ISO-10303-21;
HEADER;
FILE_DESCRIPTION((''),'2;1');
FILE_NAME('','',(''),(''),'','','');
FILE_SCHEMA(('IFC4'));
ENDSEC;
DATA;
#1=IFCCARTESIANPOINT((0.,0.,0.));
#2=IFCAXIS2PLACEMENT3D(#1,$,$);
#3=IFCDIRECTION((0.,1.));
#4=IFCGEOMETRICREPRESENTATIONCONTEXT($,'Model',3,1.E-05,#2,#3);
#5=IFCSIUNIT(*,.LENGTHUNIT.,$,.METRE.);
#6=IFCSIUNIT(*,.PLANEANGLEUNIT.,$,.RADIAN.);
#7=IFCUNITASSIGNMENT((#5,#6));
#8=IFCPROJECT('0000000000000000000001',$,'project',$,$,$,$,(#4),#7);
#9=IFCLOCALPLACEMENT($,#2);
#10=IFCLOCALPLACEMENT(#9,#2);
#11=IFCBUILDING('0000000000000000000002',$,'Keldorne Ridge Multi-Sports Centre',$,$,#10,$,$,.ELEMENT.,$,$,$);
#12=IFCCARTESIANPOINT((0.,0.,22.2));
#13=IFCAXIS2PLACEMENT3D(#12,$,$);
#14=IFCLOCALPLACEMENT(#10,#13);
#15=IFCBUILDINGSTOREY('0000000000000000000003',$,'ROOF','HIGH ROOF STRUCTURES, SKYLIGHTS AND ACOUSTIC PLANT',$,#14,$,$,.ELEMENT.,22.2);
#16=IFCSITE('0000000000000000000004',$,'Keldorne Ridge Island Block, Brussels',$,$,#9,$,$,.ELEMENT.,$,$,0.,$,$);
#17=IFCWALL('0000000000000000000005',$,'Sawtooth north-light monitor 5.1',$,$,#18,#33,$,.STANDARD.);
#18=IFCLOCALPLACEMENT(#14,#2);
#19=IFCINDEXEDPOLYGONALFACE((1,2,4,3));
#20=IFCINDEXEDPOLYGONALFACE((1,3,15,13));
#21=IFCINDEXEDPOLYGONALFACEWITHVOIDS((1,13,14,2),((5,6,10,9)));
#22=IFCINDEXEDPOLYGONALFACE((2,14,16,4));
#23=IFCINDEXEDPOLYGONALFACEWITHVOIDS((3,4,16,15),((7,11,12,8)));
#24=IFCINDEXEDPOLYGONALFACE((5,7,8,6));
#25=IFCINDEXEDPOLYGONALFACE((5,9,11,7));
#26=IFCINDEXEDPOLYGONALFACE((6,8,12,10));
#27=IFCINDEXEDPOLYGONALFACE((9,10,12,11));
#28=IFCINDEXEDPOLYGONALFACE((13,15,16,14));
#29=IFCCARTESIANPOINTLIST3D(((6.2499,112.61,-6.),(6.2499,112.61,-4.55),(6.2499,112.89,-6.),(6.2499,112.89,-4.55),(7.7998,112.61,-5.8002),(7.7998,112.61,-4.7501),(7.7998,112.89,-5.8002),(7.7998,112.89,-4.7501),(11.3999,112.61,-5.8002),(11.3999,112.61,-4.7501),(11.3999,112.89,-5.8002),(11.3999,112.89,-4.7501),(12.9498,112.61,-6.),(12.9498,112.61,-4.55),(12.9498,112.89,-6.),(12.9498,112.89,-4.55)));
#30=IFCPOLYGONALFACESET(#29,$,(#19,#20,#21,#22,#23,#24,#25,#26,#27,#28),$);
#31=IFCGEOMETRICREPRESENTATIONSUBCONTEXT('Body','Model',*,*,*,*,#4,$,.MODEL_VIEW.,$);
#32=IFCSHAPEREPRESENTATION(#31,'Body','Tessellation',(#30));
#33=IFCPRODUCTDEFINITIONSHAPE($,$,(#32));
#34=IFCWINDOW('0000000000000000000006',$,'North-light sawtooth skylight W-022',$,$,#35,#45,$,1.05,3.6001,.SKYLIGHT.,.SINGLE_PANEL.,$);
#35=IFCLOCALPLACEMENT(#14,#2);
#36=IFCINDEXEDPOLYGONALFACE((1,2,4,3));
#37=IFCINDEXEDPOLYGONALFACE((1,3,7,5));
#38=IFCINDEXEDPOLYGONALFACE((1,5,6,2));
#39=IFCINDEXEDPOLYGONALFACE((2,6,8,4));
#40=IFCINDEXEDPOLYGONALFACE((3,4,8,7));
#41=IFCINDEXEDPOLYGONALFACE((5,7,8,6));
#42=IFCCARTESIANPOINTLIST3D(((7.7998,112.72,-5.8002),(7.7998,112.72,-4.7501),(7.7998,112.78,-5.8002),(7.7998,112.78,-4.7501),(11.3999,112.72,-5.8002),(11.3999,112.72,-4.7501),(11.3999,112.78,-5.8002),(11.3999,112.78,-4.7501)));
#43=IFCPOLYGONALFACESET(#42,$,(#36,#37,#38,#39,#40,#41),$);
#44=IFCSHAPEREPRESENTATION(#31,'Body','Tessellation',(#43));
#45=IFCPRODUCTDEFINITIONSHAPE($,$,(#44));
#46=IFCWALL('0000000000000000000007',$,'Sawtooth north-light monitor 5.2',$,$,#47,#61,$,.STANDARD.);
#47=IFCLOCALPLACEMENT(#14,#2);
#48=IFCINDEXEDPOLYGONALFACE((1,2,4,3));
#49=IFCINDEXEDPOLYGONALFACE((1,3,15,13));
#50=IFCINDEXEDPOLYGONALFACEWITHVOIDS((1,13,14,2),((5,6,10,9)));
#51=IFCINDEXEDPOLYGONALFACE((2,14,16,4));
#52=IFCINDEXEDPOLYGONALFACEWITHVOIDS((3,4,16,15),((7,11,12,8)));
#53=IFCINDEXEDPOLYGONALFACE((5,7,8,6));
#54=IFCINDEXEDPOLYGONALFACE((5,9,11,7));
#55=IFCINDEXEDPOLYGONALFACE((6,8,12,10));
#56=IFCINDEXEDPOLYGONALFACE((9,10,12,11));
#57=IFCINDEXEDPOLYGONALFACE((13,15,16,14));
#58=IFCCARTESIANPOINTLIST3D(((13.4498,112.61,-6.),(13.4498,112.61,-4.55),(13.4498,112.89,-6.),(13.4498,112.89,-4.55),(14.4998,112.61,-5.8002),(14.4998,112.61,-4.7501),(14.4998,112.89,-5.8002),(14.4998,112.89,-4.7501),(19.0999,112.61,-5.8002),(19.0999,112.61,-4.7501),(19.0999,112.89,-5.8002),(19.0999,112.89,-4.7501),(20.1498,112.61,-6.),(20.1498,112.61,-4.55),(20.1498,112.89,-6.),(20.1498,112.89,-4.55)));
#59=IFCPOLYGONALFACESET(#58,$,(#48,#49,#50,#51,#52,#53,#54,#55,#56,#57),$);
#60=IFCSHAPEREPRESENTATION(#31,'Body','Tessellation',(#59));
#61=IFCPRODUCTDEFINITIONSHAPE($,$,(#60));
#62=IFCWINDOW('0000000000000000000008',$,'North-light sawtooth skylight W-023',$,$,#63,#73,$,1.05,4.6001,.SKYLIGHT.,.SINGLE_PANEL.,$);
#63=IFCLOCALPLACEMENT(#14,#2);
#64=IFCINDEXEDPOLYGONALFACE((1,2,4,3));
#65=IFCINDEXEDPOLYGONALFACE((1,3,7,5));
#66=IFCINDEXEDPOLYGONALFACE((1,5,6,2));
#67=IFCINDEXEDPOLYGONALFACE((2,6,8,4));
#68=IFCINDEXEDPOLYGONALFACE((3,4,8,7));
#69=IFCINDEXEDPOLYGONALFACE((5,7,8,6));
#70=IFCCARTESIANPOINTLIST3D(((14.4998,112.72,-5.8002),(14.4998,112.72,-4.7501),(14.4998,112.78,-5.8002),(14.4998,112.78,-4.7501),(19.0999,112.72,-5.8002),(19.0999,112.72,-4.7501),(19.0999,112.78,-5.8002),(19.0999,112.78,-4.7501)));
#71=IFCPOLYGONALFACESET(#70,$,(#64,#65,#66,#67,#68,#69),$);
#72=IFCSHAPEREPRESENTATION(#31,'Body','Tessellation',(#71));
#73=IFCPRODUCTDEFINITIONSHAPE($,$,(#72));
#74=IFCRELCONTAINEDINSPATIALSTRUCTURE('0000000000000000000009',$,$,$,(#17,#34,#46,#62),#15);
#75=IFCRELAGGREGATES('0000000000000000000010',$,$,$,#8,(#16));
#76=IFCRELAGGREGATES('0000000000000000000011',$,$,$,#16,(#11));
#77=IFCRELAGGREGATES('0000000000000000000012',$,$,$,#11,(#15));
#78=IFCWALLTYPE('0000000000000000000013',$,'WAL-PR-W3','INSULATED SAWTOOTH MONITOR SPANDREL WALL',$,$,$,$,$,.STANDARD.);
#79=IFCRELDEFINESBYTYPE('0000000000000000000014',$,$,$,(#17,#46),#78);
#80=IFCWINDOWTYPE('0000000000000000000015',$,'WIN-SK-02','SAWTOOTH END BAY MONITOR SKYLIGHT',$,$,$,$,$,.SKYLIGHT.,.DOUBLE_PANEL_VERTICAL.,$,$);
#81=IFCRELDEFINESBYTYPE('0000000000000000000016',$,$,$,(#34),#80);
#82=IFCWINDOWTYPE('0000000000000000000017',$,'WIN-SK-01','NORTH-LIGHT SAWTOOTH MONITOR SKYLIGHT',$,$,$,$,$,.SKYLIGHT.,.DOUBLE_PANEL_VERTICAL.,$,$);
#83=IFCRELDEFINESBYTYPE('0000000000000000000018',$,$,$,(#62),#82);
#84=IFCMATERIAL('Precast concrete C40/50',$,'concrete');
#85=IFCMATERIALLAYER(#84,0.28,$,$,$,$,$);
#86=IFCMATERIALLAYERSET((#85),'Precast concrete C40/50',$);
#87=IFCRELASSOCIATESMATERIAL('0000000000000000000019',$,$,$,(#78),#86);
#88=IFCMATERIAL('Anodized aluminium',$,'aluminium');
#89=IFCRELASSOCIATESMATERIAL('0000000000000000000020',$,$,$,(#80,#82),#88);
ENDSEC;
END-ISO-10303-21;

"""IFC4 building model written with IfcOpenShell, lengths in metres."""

from ifc_helpers import new_model, si_unit, direction, frame, frame_2d, origin, place, context, subcontext, project, spatial, rectangle, extrude, material, layer, layer_set, type_object, element, fill, save


model = new_model("IFC4")

# Units and contexts
model_context = context("Model", 3, precision=1e-05, world=origin(), true_north=direction((0.0, 1.0)))
body_context = subcontext(model_context, "Body", "Model", "MODEL_VIEW")
ifc_project = project(units=[si_unit("LENGTHUNIT", "METRE"), si_unit("PLANEANGLEUNIT", "RADIAN")], contexts=[model_context])

# Site, building, storey
site_placement = place(None, origin())
site = spatial("IfcSite", under=ifc_project, at=site_placement, Name="Keldorne Ridge Island Block, Brussels", CompositionType="ELEMENT", RefElevation=0.0)
building_placement = place(site_placement, origin())
building = spatial("IfcBuilding", under=site, at=building_placement, Name="Keldorne Ridge Multi-Sports Centre", CompositionType="ELEMENT")
storey_placement = place(building_placement, frame((0.0, 0.0, 22.2)))
storey = spatial("IfcBuildingStorey", under=building, at=storey_placement, Name="ROOF", Description="HIGH ROOF STRUCTURES, SKYLIGHTS AND ACOUSTIC PLANT", CompositionType="ELEMENT", Elevation=22.2)

# Walls, openings, windows
ifc_material_1 = material(Name="Precast concrete C40/50", Category="concrete")
ifc_layer_1 = layer(ifc_material_1, 0.28)
ifc_layer_set_1 = layer_set([ifc_layer_1], Name="Precast concrete C40/50")
wall_type = type_object("IfcWallType", Name="WAL-PR-W3", Description="INSULATED SAWTOOTH MONITOR SPANDREL WALL", PredefinedType="STANDARD", material=ifc_layer_set_1)
wall_1_placement = place(storey_placement, frame((12.95, 112.75, -6.0), z_axis=(0.0, 0.0, 1.0), x_axis=(-1.0, 0.0, 0.0)))
wall_1 = element("IfcWall", 1, at=wall_1_placement, inside=storey, type_object=wall_type, Name="Sawtooth north-light monitor 5.1", PredefinedType="STANDARD", context=body_context, shape_type="SweptSolid", body=[
    extrude(rectangle(XDim=6.7, YDim=0.28, at=frame_2d((3.3501, 0.0))), origin(), (0.0, 0.0, 1.0), 1.45),
])
opening_1_placement = place(wall_1_placement, frame((1.55, 0.0, 0.2)))
opening_1 = element("IfcOpeningElement", 2, at=opening_1_placement, cuts=wall_1, PredefinedType="OPENING", context=body_context, shape_type="SweptSolid", body=[
    extrude(rectangle(XDim=3.6001, YDim=1.05, at=frame_2d((1.8, 0.5249))), frame((0.0, 0.1499, 0.0), z_axis=(0.0, -1.0, 0.0), x_axis=(1.0, 0.0, 0.0)), (0.0, 0.0, 1.0), 0.3),
])
ifc_material_2 = material(Name="Anodized aluminium", Category="aluminium")
window_type_1 = type_object("IfcWindowType", Name="WIN-SK-02", Description="SAWTOOTH END BAY MONITOR SKYLIGHT", PartitioningType="DOUBLE_PANEL_VERTICAL", PredefinedType="SKYLIGHT", material=ifc_material_2)
window_1_placement = place(opening_1_placement, origin())
window_1 = element("IfcWindow", 3, at=window_1_placement, inside=storey, type_object=window_type_1, Name="North-light sawtooth skylight W-022", OverallHeight=1.05, OverallWidth=3.6001, PartitioningType="SINGLE_PANEL", PredefinedType="SKYLIGHT", context=body_context, shape_type="SweptSolid", body=[
    extrude(rectangle(XDim=3.6001, YDim=1.05, at=frame_2d((1.8, 0.5249))), frame((0.0, 0.03, 0.0), z_axis=(0.0, -1.0, 0.0), x_axis=(1.0, 0.0, 0.0)), (0.0, 0.0, 1.0), 0.0601),
])
fill(opening_1, window_1)
wall_2_placement = place(storey_placement, frame((20.1499, 112.75, -6.0), z_axis=(0.0, 0.0, 1.0), x_axis=(-1.0, 0.0, 0.0)))
wall_2 = element("IfcWall", 4, at=wall_2_placement, inside=storey, type_object=wall_type, Name="Sawtooth north-light monitor 5.2", PredefinedType="STANDARD", context=body_context, shape_type="SweptSolid", body=[
    extrude(rectangle(XDim=6.7, YDim=0.28, at=frame_2d((3.3501, 0.0))), origin(), (0.0, 0.0, 1.0), 1.45),
])
opening_2_placement = place(wall_2_placement, frame((1.05, 0.0, 0.2)))
opening_2 = element("IfcOpeningElement", 5, at=opening_2_placement, cuts=wall_2, PredefinedType="OPENING", context=body_context, shape_type="SweptSolid", body=[
    extrude(rectangle(XDim=4.6001, YDim=1.05, at=frame_2d((2.3, 0.5249))), frame((0.0, 0.1499, 0.0), z_axis=(0.0, -1.0, 0.0), x_axis=(1.0, 0.0, 0.0)), (0.0, 0.0, 1.0), 0.3),
])
window_type_2 = type_object("IfcWindowType", Name="WIN-SK-01", Description="NORTH-LIGHT SAWTOOTH MONITOR SKYLIGHT", PartitioningType="DOUBLE_PANEL_VERTICAL", PredefinedType="SKYLIGHT", material=ifc_material_2)
window_2_placement = place(opening_2_placement, origin())
window_2 = element("IfcWindow", 6, at=window_2_placement, inside=storey, type_object=window_type_2, Name="North-light sawtooth skylight W-023", OverallHeight=1.05, OverallWidth=4.6001, PartitioningType="SINGLE_PANEL", PredefinedType="SKYLIGHT", context=body_context, shape_type="SweptSolid", body=[
    extrude(rectangle(XDim=4.6001, YDim=1.05, at=frame_2d((2.3, 0.5249))), frame((0.0, 0.03, 0.0), z_axis=(0.0, -1.0, 0.0), x_axis=(1.0, 0.0, 0.0)), (0.0, 0.0, 1.0), 0.0601),
])
fill(opening_2, window_2)

save(model, "model.ifc")
